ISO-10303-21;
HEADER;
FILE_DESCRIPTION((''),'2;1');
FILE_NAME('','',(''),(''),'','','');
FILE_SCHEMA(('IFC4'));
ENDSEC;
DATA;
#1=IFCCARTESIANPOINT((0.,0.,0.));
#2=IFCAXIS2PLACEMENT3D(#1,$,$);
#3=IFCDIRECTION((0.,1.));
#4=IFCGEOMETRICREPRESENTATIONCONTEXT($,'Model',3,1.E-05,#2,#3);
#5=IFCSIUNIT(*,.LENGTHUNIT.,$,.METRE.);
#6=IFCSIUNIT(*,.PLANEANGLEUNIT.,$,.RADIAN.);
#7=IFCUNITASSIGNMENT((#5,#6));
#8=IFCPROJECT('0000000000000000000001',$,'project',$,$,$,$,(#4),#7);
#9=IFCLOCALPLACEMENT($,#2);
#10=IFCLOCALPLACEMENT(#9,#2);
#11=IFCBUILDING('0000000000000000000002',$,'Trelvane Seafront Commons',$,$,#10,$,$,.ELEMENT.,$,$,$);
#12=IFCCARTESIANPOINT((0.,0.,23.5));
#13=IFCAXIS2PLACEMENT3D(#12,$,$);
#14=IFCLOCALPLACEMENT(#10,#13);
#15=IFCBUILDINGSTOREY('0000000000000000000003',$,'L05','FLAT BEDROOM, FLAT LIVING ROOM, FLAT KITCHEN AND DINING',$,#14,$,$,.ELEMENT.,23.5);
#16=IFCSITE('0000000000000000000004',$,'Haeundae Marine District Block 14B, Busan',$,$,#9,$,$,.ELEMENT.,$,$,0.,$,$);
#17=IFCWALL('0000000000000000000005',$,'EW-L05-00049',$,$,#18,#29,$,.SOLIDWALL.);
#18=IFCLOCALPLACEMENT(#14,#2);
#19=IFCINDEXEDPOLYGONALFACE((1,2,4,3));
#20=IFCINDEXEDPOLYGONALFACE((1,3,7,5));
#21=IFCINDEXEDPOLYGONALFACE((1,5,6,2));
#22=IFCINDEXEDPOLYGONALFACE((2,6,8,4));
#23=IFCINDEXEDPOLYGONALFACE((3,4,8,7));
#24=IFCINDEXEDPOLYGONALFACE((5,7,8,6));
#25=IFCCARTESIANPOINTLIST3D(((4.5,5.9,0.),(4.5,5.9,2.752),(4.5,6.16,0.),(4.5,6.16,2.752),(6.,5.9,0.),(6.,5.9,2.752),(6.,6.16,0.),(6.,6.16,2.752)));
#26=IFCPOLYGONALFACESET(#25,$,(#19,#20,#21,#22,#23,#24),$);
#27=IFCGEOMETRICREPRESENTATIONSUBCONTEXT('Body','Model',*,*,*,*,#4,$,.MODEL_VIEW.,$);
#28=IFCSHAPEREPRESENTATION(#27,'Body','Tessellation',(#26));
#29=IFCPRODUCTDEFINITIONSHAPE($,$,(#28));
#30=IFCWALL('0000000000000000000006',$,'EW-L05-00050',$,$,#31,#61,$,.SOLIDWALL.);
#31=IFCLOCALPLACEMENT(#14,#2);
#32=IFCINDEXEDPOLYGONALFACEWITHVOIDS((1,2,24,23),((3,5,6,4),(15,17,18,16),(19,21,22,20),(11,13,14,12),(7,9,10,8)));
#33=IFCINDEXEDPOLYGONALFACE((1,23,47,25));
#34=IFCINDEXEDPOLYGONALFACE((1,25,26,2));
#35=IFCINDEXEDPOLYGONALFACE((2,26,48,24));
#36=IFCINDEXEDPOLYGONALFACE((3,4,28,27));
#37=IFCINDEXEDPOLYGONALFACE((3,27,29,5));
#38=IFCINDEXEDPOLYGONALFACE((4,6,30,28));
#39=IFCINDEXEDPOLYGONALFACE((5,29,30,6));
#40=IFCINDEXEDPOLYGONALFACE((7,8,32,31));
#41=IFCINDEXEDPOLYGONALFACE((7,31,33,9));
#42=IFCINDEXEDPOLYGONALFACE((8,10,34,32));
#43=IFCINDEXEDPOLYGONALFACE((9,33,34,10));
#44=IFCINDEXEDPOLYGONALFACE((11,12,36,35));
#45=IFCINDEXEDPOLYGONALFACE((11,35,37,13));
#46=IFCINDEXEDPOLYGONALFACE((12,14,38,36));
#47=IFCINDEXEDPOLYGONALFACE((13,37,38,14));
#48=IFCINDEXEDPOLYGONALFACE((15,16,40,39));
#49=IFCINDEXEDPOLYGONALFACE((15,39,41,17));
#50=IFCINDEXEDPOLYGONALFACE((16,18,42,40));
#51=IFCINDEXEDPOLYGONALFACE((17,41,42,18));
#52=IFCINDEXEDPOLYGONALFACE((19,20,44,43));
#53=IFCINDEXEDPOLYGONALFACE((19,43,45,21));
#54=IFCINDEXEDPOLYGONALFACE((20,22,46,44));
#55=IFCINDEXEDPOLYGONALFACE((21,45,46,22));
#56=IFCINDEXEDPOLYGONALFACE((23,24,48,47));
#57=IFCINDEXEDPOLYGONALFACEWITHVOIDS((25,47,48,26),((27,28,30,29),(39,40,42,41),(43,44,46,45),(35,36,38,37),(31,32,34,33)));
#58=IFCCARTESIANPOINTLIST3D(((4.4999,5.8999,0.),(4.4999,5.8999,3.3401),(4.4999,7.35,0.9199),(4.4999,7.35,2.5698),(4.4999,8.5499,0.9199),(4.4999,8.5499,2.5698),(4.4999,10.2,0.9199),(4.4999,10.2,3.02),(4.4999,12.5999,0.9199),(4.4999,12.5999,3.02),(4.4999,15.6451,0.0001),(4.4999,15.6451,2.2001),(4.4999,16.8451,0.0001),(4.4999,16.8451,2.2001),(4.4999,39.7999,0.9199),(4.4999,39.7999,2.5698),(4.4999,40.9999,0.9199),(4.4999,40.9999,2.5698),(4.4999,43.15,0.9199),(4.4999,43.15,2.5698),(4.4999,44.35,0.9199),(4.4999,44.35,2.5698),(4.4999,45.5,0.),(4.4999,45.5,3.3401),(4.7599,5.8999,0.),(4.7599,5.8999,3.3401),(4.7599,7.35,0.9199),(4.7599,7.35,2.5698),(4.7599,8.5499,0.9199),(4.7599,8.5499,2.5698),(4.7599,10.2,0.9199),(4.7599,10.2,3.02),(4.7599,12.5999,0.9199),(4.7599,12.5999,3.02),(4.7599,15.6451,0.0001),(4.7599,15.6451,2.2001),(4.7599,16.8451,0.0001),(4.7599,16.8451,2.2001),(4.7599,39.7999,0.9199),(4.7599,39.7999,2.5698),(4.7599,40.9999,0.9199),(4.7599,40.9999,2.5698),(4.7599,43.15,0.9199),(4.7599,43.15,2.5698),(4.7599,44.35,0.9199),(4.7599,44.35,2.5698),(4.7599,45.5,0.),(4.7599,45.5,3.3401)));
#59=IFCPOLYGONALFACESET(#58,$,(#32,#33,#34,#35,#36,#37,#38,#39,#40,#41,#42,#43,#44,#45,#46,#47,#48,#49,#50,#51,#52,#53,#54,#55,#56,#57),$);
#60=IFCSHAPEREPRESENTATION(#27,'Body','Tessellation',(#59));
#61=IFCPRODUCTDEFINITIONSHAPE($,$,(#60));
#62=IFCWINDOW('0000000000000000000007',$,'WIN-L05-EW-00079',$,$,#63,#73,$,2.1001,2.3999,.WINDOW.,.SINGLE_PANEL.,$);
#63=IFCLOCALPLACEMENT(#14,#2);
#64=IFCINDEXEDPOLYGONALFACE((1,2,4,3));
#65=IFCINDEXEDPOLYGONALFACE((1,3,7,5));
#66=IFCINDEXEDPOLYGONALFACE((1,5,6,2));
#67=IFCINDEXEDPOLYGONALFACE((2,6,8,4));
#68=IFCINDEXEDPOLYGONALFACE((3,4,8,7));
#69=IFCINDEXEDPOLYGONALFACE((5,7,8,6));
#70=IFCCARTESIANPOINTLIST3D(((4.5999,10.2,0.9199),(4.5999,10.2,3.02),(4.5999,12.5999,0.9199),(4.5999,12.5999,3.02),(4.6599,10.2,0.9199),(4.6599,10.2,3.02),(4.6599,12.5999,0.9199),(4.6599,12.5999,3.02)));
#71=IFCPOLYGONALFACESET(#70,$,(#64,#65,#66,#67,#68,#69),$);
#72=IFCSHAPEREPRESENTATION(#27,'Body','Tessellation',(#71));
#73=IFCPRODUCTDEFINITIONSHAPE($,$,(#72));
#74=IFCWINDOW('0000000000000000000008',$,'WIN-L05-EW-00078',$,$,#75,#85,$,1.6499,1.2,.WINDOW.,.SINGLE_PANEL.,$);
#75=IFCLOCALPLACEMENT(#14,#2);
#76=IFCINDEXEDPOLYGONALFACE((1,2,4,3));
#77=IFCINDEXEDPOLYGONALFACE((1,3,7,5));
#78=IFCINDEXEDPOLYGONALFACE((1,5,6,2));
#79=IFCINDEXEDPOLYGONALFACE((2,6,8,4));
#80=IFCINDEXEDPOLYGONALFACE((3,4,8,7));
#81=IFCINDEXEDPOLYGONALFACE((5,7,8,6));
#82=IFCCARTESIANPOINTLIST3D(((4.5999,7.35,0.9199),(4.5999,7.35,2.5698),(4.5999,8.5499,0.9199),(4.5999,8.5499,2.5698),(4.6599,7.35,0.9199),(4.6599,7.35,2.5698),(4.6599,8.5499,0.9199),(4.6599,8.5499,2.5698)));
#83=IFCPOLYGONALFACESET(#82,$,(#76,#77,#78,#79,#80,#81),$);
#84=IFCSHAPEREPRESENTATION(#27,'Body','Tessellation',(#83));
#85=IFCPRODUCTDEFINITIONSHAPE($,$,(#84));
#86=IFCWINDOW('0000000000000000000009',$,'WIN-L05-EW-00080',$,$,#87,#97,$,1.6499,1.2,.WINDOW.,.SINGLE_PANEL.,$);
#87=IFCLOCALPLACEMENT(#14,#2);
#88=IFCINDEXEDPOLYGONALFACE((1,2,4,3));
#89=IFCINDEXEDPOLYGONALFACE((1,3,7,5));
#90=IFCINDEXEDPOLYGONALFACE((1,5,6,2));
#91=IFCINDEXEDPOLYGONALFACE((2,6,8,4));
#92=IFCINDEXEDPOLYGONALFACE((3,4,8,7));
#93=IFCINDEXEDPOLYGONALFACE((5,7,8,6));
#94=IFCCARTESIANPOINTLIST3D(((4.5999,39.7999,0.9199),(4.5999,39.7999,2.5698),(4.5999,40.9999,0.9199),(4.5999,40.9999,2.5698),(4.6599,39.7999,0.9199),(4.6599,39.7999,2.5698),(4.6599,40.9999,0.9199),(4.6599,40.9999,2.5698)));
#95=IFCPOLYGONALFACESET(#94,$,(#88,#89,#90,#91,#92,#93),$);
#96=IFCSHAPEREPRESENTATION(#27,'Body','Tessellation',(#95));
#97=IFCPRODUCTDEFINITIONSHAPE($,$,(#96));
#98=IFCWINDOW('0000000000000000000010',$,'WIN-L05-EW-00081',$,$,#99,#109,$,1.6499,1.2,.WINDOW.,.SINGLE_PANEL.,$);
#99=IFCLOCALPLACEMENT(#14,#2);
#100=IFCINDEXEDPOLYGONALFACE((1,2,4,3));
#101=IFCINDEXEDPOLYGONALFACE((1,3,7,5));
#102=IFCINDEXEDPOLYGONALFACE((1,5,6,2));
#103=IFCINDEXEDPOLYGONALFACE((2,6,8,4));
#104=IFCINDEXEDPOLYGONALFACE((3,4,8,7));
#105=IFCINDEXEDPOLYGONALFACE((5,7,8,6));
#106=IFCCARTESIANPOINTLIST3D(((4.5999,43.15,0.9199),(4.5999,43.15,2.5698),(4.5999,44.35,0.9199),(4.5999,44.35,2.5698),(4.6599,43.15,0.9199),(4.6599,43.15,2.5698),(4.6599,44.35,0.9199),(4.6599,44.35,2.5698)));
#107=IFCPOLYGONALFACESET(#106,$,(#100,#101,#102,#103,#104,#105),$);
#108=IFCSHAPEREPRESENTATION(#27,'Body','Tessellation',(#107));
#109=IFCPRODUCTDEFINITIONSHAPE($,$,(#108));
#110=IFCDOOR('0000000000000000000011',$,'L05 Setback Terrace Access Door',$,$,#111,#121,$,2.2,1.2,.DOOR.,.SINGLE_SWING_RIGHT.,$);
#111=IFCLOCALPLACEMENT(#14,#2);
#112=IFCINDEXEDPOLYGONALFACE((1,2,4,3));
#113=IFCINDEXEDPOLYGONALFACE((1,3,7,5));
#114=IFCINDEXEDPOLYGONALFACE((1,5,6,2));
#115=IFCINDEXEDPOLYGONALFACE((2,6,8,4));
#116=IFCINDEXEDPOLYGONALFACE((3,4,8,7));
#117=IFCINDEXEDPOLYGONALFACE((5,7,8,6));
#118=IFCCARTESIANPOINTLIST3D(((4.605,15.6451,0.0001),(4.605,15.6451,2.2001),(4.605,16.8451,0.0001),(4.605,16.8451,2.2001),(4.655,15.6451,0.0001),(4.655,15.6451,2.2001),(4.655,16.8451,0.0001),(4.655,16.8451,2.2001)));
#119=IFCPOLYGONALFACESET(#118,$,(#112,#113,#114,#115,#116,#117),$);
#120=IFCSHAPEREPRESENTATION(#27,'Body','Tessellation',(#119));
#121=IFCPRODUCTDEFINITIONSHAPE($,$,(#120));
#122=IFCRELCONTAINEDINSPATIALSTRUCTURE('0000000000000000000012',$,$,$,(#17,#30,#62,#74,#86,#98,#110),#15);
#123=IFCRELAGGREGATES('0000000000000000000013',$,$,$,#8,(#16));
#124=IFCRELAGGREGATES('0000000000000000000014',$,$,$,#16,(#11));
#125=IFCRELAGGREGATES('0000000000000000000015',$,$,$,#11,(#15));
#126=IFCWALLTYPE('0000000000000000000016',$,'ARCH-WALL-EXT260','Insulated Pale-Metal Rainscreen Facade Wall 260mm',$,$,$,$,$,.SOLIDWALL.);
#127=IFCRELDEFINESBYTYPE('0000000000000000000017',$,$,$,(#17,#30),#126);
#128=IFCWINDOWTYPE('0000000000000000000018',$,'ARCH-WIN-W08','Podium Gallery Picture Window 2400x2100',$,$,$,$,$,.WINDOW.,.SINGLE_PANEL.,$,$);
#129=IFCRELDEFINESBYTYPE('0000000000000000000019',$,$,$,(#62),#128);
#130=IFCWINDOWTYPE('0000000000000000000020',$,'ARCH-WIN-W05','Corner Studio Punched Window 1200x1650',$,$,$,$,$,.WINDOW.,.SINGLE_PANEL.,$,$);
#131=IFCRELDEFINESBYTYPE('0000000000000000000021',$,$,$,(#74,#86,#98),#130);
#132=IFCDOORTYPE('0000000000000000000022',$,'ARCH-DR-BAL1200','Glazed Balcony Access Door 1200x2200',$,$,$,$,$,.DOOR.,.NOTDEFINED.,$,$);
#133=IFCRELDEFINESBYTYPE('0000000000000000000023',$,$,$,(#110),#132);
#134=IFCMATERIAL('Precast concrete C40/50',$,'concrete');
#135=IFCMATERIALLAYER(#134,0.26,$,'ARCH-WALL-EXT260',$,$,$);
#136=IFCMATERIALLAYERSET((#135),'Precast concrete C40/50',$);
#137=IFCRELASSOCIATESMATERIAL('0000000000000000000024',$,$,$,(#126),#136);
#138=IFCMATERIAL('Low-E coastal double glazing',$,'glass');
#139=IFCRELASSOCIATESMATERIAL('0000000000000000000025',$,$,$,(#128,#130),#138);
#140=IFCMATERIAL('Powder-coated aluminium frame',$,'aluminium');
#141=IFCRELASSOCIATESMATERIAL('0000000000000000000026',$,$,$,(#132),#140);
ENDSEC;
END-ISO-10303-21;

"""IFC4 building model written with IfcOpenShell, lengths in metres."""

from ifc_helpers import new_model, si_unit, direction, frame, frame_2d, origin, place, context, subcontext, project, spatial, rectangle, extrude, source, transform, mapped, material, layer, layer_set, type_object, element, fill, save


model = new_model("IFC4")

# Units and contexts
model_context = context("Model", 3, precision=1e-05, world=origin(), true_north=direction((0.0, 1.0)))
body_context = subcontext(model_context, "Body", "Model", "MODEL_VIEW")
ifc_project = project(units=[si_unit("LENGTHUNIT", "METRE"), si_unit("PLANEANGLEUNIT", "RADIAN")], contexts=[model_context])

# Site, building, storey
site_placement = place(None, origin())
site = spatial("IfcSite", under=ifc_project, at=site_placement, Name="Haeundae Marine District Block 14B, Busan", CompositionType="ELEMENT", RefElevation=0.0)
building_placement = place(site_placement, origin())
building = spatial("IfcBuilding", under=site, at=building_placement, Name="Trelvane Seafront Commons", CompositionType="ELEMENT")
storey_placement = place(building_placement, frame((0.0, 0.0, 23.5)))
storey = spatial("IfcBuildingStorey", under=building, at=storey_placement, Name="L05", Description="FLAT BEDROOM, FLAT LIVING ROOM, FLAT KITCHEN AND DINING", CompositionType="ELEMENT", Elevation=23.5)

# Wall
ifc_material_1 = material(Name="Precast concrete C40/50", Category="concrete")
ifc_layer_1 = layer(ifc_material_1, 0.26, Name="ARCH-WALL-EXT260")
ifc_layer_set_1 = layer_set([ifc_layer_1], Name="Precast concrete C40/50")
wall_type_1 = type_object("IfcWallType", Name="ARCH-WALL-EXT260", Description="Insulated Pale-Metal Rainscreen Facade Wall 260mm", PredefinedType="SOLIDWALL", material=ifc_layer_set_1)
wall_1_placement = place(storey_placement, frame((6.0, 6.03, 0.0), z_axis=(0.0, 0.0, 1.0), x_axis=(-1.0, 0.0, 0.0)))
element("IfcWall", 1, at=wall_1_placement, inside=storey, type_object=wall_type_1, Name="EW-L05-00049", PredefinedType="SOLIDWALL", context=body_context, shape_type="SweptSolid", body=[
    extrude(rectangle(XDim=1.5, YDim=0.26, at=frame_2d((0.75, 0.0))), origin(), (0.0, 0.0, 1.0), 2.752),
])

# Wall, openings, windows, door
wall_2_placement = place(storey_placement, frame((4.6299, 5.8999, 0.0), z_axis=(0.0, 0.0, 1.0), x_axis=(0.0, 1.0, 0.0)))
wall_2 = element("IfcWall", 2, at=wall_2_placement, inside=storey, type_object=wall_type_1, Name="EW-L05-00050", PredefinedType="SOLIDWALL", context=body_context, shape_type="SweptSolid", body=[
    extrude(rectangle(XDim=39.6001, YDim=0.26, at=frame_2d((19.8, 0.0))), origin(), (0.0, 0.0, 1.0), 3.3401),
])
opening_1_placement = place(wall_2_placement, frame((9.7451, 0.0, 0.0)))
opening_1 = element("IfcOpeningElement", 3, at=opening_1_placement, cuts=wall_2, PredefinedType="OPENING", context=body_context, shape_type="SweptSolid", body=[
    extrude(rectangle(XDim=1.2, YDim=2.2, at=frame_2d((0.6001, 1.1001))), frame((0.0, 0.1399, 0.0), z_axis=(0.0, -1.0, 0.0), x_axis=(1.0, 0.0, 0.0)), (0.0, 0.0, 1.0), 0.28),
])
opening_2_placement = place(wall_2_placement, frame((1.45, 0.0, 0.9199)))
opening_2 = element("IfcOpeningElement", 4, at=opening_2_placement, cuts=wall_2, PredefinedType="OPENING", context=body_context, shape_type="SweptSolid", body=[
    extrude(rectangle(XDim=1.2, YDim=1.6499, at=frame_2d((0.6001, 0.825))), frame((0.0, 0.1399, 0.0), z_axis=(0.0, -1.0, 0.0), x_axis=(1.0, 0.0, 0.0)), (0.0, 0.0, 1.0), 0.28),
])
opening_3_placement = place(wall_2_placement, frame((4.3, 0.0, 0.9199)))
opening_3 = element("IfcOpeningElement", 5, at=opening_3_placement, cuts=wall_2, PredefinedType="OPENING", context=body_context, shape_type="SweptSolid", body=[
    extrude(rectangle(XDim=2.3999, YDim=2.1001, at=frame_2d((1.2, 1.05))), frame((0.0, 0.1399, 0.0), z_axis=(0.0, -1.0, 0.0), x_axis=(1.0, 0.0, 0.0)), (0.0, 0.0, 1.0), 0.28),
])
opening_4_placement = place(wall_2_placement, frame((33.8999, 0.0, 0.9199)))
opening_4 = element("IfcOpeningElement", 6, at=opening_4_placement, cuts=wall_2, PredefinedType="OPENING", context=body_context, shape_type="SweptSolid", body=[
    extrude(rectangle(XDim=1.2, YDim=1.6499, at=frame_2d((0.6001, 0.825))), frame((0.0, 0.1399, 0.0), z_axis=(0.0, -1.0, 0.0), x_axis=(1.0, 0.0, 0.0)), (0.0, 0.0, 1.0), 0.28),
])
opening_5_placement = place(wall_2_placement, frame((37.25, 0.0, 0.9199)))
opening_5 = element("IfcOpeningElement", 7, at=opening_5_placement, cuts=wall_2, PredefinedType="OPENING", context=body_context, shape_type="SweptSolid", body=[
    extrude(rectangle(XDim=1.2, YDim=1.6499, at=frame_2d((0.6001, 0.825))), frame((0.0, 0.1399, 0.0), z_axis=(0.0, -1.0, 0.0), x_axis=(1.0, 0.0, 0.0)), (0.0, 0.0, 1.0), 0.28),
])
ifc_material_2 = material(Name="Low-E coastal double glazing", Category="glass")
window_type_1 = type_object("IfcWindowType", Name="ARCH-WIN-W08", Description="Podium Gallery Picture Window 2400x2100", PartitioningType="SINGLE_PANEL", PredefinedType="WINDOW", material=ifc_material_2)
shared_shape_1 = source(origin(), body_context, "Body", "SweptSolid", [
    extrude(rectangle(XDim=2.3999, YDim=2.1001, at=frame_2d((1.2, 1.05))), frame((0.0, 0.03, 0.0), z_axis=(0.0, -1.0, 0.0), x_axis=(1.0, 0.0, 0.0)), (0.0, 0.0, 1.0), 0.0601),
])
window_1_placement = place(opening_3_placement, origin())
window_1 = element("IfcWindow", 8, at=window_1_placement, inside=storey, type_object=window_type_1, Name="WIN-L05-EW-00079", OverallHeight=2.1001, OverallWidth=2.3999, PartitioningType="SINGLE_PANEL", PredefinedType="WINDOW", context=body_context, shape_type="MappedRepresentation", body=[
    mapped(shared_shape_1, transform((0.0, 0.0, 0.0), x_axis=(1.0, 0.0, 0.0), y_axis=(0.0, 1.0, 0.0), z_axis=(0.0, 0.0, 1.0), scale=1.0)),
])
fill(opening_3, window_1)
window_type_2 = type_object("IfcWindowType", Name="ARCH-WIN-W05", Description="Corner Studio Punched Window 1200x1650", PartitioningType="SINGLE_PANEL", PredefinedType="WINDOW", material=ifc_material_2)
shared_shape_2 = source(origin(), body_context, "Body", "SweptSolid", [
    extrude(rectangle(XDim=1.2, YDim=1.6499, at=frame_2d((0.6001, 0.825))), frame((0.0, 0.03, 0.0), z_axis=(0.0, -1.0, 0.0), x_axis=(1.0, 0.0, 0.0)), (0.0, 0.0, 1.0), 0.0601),
])
window_2_placement = place(opening_2_placement, origin())
window_2 = element("IfcWindow", 9, at=window_2_placement, inside=storey, type_object=window_type_2, Name="WIN-L05-EW-00078", OverallHeight=1.6499, OverallWidth=1.2, PartitioningType="SINGLE_PANEL", PredefinedType="WINDOW", context=body_context, shape_type="MappedRepresentation", body=[
    mapped(shared_shape_2, transform((0.0, 0.0, 0.0), x_axis=(1.0, 0.0, 0.0), y_axis=(0.0, 1.0, 0.0), z_axis=(0.0, 0.0, 1.0), scale=1.0)),
])
fill(opening_2, window_2)
window_3_placement = place(opening_4_placement, origin())
window_3 = element("IfcWindow", 10, at=window_3_placement, inside=storey, type_object=window_type_2, Name="WIN-L05-EW-00080", OverallHeight=1.6499, OverallWidth=1.2, PartitioningType="SINGLE_PANEL", PredefinedType="WINDOW", context=body_context, shape_type="MappedRepresentation", body=[
    mapped(shared_shape_2, transform((0.0, 0.0, 0.0), x_axis=(1.0, 0.0, 0.0), y_axis=(0.0, 1.0, 0.0), z_axis=(0.0, 0.0, 1.0), scale=1.0)),
])
fill(opening_4, window_3)
window_4_placement = place(opening_5_placement, origin())
window_4 = element("IfcWindow", 11, at=window_4_placement, inside=storey, type_object=window_type_2, Name="WIN-L05-EW-00081", OverallHeight=1.6499, OverallWidth=1.2, PartitioningType="SINGLE_PANEL", PredefinedType="WINDOW", context=body_context, shape_type="MappedRepresentation", body=[
    mapped(shared_shape_2, transform((0.0, 0.0, 0.0), x_axis=(1.0, 0.0, 0.0), y_axis=(0.0, 1.0, 0.0), z_axis=(0.0, 0.0, 1.0), scale=1.0)),
])
fill(opening_5, window_4)
ifc_material_3 = material(Name="Powder-coated aluminium frame", Category="aluminium")
door_type_1 = type_object("IfcDoorType", Name="ARCH-DR-BAL1200", Description="Glazed Balcony Access Door 1200x2200", OperationType="NOTDEFINED", PredefinedType="DOOR", material=ifc_material_3)
shared_shape_3 = source(origin(), body_context, "Body", "SweptSolid", [
    extrude(rectangle(XDim=1.2, YDim=2.2, at=frame_2d((0.6001, 1.1001))), frame((0.0, 0.0249, 0.0), z_axis=(0.0, -1.0, 0.0), x_axis=(1.0, 0.0, 0.0)), (0.0, 0.0, 1.0), 0.05),
])
door_1_placement = place(opening_1_placement, origin())
door_1 = element("IfcDoor", 12, at=door_1_placement, inside=storey, type_object=door_type_1, Name="L05 Setback Terrace Access Door", OperationType="SINGLE_SWING_RIGHT", OverallHeight=2.2, OverallWidth=1.2, PredefinedType="DOOR", context=body_context, shape_type="MappedRepresentation", body=[
    mapped(shared_shape_3, transform((0.0, 0.0, 0.0), x_axis=(1.0, 0.0, 0.0), y_axis=(0.0, 1.0, 0.0), z_axis=(0.0, 0.0, 1.0), scale=1.0)),
])
fill(opening_1, door_1)

save(model, "model.ifc")
